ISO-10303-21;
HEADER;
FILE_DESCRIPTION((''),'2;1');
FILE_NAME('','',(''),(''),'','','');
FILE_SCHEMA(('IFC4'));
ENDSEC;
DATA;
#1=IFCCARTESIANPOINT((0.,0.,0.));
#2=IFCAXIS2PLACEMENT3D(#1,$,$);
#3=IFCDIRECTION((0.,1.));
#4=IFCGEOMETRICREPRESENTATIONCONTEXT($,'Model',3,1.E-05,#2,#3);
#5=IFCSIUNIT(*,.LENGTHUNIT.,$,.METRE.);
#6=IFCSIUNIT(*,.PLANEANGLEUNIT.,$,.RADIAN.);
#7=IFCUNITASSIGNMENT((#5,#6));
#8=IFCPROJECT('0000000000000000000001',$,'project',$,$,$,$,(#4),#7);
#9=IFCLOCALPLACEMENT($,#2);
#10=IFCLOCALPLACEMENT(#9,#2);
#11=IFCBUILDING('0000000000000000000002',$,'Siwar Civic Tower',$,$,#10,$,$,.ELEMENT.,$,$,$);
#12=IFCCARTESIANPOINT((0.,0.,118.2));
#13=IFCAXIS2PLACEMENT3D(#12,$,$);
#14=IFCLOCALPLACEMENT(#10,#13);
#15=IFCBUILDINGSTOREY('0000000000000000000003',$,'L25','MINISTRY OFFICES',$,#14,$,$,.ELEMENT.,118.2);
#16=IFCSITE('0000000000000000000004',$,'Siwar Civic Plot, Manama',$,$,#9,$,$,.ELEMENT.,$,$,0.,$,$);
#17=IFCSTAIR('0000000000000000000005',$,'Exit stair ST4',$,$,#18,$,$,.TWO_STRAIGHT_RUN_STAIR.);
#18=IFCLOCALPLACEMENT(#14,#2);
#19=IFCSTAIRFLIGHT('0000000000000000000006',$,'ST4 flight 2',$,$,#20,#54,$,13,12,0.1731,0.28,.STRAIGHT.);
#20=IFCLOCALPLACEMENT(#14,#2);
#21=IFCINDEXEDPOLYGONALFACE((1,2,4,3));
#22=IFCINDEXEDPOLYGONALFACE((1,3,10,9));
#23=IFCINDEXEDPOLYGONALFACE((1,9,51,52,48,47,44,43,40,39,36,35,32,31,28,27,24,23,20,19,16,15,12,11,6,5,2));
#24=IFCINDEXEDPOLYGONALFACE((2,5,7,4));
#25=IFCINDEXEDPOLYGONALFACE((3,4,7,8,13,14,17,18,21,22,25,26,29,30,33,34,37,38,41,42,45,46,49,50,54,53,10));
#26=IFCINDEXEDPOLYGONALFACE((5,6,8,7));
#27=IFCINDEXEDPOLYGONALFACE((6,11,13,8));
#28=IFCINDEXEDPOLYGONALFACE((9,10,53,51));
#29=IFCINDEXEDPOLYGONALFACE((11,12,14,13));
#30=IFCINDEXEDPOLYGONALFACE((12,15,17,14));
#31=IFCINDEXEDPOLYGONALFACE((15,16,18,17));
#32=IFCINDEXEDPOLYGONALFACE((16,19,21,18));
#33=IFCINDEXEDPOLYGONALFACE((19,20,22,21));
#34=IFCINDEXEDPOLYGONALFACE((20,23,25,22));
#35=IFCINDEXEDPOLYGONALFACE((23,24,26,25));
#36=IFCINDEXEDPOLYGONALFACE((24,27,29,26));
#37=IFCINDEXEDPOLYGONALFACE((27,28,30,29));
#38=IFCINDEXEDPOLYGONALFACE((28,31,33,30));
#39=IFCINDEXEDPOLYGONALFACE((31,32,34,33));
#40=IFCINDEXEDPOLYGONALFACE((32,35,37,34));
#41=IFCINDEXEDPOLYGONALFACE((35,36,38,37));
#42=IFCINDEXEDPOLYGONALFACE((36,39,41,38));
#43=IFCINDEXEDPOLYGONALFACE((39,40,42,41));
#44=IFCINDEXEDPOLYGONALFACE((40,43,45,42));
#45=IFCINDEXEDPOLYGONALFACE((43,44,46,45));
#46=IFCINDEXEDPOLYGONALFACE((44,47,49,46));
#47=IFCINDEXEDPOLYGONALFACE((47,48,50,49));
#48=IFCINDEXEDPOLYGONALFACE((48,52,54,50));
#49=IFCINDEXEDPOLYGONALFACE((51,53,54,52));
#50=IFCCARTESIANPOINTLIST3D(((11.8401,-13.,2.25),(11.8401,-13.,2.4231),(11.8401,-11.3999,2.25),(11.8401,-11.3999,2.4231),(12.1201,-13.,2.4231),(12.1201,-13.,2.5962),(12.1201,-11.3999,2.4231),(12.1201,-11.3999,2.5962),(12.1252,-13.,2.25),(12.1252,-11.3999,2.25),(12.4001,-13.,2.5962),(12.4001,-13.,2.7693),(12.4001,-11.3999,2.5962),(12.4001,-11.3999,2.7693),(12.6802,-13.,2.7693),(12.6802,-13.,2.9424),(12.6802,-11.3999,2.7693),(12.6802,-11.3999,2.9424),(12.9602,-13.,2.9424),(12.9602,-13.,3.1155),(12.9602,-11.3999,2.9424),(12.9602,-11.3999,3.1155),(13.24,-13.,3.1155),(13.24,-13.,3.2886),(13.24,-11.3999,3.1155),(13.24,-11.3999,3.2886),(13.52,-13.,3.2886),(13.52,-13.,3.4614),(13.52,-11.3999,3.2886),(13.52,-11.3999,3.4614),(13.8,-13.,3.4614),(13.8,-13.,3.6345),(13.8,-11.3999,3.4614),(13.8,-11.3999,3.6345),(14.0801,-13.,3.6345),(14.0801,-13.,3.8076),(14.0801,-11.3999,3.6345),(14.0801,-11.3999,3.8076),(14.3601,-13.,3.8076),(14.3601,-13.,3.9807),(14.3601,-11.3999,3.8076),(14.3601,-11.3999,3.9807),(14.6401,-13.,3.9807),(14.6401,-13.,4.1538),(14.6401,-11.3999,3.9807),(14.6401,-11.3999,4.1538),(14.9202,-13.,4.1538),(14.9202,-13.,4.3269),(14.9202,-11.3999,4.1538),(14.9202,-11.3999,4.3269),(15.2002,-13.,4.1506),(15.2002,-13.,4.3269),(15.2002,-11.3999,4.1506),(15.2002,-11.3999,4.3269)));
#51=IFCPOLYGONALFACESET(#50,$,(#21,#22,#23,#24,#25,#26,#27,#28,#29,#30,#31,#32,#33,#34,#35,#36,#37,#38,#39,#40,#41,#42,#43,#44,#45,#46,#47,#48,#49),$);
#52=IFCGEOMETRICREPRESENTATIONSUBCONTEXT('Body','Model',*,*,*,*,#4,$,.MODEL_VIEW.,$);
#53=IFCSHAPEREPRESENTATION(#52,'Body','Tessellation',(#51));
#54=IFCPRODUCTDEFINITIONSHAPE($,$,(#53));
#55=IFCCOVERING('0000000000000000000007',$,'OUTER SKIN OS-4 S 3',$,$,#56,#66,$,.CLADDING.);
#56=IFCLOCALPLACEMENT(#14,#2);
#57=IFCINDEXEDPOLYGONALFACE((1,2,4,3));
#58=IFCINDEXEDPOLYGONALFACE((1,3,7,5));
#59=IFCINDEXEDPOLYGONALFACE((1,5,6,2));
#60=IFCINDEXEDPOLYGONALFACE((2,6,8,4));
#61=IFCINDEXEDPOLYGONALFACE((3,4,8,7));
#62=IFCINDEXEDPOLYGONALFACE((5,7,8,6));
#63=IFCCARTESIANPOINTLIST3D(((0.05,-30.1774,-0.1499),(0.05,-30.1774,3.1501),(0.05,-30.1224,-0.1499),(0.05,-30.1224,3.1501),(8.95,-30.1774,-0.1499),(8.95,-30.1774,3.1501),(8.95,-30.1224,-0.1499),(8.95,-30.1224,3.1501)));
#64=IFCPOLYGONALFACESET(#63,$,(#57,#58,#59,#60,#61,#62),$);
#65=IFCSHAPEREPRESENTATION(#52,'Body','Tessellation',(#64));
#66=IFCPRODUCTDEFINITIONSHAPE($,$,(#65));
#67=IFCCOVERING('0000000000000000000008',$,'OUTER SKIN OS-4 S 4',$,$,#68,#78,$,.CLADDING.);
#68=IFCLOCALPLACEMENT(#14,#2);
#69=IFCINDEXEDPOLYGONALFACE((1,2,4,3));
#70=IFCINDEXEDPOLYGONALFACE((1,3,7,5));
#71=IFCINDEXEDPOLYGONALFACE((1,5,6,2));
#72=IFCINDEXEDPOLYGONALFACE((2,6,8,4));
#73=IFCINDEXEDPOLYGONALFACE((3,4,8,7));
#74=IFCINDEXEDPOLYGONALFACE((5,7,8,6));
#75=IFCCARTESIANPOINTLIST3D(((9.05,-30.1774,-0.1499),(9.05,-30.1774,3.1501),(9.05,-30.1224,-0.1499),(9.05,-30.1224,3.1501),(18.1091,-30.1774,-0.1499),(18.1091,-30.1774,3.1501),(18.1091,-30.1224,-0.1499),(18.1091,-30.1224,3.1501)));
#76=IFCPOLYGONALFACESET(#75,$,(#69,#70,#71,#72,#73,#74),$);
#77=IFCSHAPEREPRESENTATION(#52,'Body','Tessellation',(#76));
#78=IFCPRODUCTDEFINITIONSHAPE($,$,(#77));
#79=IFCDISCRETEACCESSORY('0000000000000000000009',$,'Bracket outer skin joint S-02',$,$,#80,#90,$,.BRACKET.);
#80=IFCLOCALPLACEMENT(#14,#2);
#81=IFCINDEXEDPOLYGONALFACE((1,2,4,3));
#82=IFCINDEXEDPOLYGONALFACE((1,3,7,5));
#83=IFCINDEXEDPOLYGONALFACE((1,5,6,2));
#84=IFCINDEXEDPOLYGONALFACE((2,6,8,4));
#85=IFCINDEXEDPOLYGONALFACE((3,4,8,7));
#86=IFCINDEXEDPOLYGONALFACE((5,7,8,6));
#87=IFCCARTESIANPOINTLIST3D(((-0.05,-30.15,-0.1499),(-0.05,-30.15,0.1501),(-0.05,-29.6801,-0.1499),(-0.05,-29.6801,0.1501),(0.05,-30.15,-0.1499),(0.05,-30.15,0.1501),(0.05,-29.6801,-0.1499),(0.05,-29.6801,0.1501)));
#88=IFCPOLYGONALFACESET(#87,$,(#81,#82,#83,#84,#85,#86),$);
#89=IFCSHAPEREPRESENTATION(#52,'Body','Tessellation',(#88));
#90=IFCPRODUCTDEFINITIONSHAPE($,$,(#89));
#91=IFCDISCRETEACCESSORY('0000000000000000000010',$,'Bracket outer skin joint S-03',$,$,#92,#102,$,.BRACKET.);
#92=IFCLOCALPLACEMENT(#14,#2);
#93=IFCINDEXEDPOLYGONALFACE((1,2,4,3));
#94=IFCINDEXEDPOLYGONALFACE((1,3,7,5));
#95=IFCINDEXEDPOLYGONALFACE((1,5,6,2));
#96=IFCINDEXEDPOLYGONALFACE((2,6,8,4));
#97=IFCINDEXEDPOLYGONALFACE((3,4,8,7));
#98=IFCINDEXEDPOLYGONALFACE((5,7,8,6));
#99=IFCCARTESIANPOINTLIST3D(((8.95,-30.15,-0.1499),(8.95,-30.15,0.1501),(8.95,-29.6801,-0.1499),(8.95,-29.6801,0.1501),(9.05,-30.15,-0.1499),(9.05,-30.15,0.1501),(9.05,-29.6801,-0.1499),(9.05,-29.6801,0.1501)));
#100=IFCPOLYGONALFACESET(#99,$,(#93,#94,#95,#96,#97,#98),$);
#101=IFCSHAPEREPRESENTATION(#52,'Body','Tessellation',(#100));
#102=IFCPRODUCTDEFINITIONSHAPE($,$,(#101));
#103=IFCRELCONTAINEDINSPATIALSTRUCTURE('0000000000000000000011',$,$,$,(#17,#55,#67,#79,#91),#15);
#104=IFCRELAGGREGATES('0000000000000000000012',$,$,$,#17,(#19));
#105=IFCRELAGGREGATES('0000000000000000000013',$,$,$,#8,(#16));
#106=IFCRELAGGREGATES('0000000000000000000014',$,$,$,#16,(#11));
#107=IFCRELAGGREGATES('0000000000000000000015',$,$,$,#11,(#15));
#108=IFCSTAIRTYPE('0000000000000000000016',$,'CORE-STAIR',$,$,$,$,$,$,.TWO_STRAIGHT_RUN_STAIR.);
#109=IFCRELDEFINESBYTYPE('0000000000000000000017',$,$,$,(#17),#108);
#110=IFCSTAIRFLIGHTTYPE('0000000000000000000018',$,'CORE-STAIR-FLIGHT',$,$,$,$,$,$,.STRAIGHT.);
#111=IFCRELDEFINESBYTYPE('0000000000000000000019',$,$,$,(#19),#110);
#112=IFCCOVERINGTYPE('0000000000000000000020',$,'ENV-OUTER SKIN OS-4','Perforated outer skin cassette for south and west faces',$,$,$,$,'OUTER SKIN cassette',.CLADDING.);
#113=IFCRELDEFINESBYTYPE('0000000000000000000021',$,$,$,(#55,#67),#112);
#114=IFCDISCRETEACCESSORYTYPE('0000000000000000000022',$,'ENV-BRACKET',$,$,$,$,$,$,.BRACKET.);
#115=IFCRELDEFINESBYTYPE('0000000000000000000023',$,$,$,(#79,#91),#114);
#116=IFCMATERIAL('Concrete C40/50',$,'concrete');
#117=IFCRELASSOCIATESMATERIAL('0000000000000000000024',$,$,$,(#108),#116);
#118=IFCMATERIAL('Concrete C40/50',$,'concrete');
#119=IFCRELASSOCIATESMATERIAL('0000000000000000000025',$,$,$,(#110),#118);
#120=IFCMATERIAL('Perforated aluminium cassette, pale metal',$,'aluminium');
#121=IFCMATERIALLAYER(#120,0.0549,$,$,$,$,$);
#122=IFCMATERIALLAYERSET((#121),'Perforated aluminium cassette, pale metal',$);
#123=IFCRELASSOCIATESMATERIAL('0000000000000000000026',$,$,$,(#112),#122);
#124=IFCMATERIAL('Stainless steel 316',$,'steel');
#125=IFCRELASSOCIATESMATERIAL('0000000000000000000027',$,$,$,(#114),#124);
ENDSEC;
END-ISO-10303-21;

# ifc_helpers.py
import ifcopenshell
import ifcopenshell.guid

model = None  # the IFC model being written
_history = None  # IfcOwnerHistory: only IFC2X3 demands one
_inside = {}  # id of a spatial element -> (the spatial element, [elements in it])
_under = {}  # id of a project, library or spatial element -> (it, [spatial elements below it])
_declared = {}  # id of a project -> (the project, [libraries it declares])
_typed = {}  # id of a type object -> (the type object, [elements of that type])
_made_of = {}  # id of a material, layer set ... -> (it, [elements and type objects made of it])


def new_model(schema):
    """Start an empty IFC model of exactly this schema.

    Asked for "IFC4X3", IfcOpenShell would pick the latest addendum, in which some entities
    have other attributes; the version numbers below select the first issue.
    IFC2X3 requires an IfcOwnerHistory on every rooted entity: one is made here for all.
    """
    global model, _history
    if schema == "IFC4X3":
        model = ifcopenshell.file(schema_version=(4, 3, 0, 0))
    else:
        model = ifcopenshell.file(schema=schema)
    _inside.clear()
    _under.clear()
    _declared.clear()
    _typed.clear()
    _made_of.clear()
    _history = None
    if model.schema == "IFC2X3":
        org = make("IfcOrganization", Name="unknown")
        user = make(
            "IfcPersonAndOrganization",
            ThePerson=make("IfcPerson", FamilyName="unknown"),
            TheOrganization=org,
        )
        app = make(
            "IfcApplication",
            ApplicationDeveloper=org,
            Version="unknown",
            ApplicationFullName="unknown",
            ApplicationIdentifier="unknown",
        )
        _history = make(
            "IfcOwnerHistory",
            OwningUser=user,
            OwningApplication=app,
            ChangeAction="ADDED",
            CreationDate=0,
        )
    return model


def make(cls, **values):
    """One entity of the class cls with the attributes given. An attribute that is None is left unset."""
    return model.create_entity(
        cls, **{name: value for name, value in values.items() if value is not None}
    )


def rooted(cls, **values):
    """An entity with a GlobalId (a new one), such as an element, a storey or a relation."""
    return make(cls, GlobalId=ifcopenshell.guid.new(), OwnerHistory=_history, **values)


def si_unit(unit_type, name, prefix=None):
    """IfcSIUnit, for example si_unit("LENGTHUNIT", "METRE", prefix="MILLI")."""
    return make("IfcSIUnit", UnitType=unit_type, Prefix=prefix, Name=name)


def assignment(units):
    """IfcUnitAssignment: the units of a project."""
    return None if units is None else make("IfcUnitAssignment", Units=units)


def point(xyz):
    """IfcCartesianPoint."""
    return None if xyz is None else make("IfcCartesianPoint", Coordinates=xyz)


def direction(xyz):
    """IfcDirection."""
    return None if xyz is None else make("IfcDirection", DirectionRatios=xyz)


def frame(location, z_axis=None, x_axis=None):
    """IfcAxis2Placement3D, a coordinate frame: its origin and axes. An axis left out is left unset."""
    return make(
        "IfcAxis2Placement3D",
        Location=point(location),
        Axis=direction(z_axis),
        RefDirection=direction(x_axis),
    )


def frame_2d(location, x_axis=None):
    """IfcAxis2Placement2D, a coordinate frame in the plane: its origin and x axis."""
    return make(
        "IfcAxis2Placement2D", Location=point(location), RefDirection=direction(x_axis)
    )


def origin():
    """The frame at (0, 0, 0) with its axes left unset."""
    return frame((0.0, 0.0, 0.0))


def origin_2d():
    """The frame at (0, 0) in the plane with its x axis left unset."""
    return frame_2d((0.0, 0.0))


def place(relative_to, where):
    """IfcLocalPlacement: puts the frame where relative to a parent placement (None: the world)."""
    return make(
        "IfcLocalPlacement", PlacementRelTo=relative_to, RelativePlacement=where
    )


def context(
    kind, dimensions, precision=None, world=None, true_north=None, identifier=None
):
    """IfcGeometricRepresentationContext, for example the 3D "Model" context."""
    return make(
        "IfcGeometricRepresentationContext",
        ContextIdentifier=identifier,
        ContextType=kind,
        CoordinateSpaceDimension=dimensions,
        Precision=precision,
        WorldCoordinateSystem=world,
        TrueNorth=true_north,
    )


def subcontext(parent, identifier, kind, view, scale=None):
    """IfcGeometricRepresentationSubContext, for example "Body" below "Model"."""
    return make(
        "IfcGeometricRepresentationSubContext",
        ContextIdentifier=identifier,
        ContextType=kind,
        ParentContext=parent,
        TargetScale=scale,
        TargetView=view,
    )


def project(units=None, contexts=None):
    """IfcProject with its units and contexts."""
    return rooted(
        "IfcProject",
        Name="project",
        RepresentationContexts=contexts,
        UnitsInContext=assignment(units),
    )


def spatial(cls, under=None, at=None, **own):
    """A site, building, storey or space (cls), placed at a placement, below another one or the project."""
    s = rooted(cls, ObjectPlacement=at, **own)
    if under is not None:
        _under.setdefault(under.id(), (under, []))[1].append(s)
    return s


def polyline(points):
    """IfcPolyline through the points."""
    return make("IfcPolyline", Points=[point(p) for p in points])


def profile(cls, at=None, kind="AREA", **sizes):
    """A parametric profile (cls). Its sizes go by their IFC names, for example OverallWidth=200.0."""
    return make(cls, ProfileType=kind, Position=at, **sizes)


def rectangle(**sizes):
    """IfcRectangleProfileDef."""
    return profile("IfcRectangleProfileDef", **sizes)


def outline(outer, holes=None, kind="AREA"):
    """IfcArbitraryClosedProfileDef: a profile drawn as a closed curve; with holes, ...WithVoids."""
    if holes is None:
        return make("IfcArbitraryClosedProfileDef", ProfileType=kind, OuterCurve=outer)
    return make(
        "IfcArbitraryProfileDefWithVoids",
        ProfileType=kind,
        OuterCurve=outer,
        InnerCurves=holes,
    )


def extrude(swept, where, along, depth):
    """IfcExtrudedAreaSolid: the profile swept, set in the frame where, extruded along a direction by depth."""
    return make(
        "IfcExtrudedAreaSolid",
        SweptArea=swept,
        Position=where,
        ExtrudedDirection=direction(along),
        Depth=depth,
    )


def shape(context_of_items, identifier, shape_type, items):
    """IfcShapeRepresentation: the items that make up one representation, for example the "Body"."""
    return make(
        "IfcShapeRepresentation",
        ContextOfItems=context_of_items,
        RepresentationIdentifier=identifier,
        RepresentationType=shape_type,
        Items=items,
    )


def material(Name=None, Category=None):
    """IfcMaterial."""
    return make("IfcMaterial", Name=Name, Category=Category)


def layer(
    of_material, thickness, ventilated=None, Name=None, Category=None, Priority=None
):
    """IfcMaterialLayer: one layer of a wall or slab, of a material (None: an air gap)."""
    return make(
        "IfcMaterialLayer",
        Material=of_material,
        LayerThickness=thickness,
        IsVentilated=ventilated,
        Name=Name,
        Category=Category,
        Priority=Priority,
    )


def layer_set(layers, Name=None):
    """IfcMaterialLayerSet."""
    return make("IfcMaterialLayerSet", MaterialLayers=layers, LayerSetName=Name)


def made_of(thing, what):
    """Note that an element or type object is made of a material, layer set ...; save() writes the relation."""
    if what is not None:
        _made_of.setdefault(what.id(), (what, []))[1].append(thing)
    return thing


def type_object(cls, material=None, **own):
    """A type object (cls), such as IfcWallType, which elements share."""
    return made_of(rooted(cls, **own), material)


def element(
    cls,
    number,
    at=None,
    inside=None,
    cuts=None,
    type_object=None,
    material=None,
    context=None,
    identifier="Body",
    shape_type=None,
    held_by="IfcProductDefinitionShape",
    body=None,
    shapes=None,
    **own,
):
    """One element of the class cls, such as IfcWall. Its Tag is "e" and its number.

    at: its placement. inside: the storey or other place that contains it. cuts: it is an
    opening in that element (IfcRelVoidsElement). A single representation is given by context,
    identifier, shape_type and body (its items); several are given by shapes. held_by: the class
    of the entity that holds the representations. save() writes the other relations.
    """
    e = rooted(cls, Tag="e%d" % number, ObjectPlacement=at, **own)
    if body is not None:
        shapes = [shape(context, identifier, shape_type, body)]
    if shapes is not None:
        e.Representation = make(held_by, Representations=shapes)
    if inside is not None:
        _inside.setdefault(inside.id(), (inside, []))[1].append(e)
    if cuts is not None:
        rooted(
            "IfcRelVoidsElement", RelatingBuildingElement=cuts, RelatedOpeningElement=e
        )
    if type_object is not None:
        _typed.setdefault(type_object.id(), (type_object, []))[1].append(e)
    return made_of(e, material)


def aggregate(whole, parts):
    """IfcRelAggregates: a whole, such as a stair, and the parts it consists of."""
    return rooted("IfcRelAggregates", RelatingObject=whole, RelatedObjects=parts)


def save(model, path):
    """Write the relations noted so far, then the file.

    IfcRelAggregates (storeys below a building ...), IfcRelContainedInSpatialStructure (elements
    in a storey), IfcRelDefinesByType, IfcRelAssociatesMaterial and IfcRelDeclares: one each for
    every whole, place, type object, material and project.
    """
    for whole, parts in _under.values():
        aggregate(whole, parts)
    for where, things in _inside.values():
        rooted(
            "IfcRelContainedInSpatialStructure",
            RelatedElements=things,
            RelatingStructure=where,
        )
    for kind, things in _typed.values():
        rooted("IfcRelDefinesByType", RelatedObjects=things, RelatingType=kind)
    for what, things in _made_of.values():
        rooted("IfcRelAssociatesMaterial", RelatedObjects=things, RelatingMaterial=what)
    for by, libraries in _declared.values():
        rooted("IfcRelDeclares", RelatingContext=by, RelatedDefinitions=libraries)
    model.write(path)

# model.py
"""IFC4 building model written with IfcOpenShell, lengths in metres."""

from ifc_helpers import new_model, si_unit, direction, frame, origin, origin_2d, place, context, subcontext, project, spatial, polyline, rectangle, outline, extrude, material, layer, layer_set, type_object, element, aggregate, save


model = new_model("IFC4")

# Units and contexts
model_context = context("Model", 3, precision=1e-05, world=origin(), true_north=direction((0.0, 1.0)))
body_context = subcontext(model_context, "Body", "Model", "MODEL_VIEW")
ifc_project = project(units=[si_unit("LENGTHUNIT", "METRE"), si_unit("PLANEANGLEUNIT", "RADIAN")], contexts=[model_context])

# Site, building, storey
site_placement = place(None, origin())
site = spatial("IfcSite", under=ifc_project, at=site_placement, Name="Siwar Civic Plot, Manama", CompositionType="ELEMENT", RefElevation=0.0)
building_placement = place(site_placement, origin())
building = spatial("IfcBuilding", under=site, at=building_placement, Name="Siwar Civic Tower", CompositionType="ELEMENT")
storey_placement = place(building_placement, frame((0.0, 0.0, 118.2)))
storey = spatial("IfcBuildingStorey", under=building, at=storey_placement, Name="L25", Description="MINISTRY OFFICES", CompositionType="ELEMENT", Elevation=118.2)

# Stair, stair flight
ifc_material_1 = material(Name="Concrete C40/50", Category="concrete")
stair_type = type_object("IfcStairType", Name="CORE-STAIR", PredefinedType="TWO_STRAIGHT_RUN_STAIR", material=ifc_material_1)
stair_placement = place(storey_placement, origin())
stair = element("IfcStair", 1, at=stair_placement, inside=storey, type_object=stair_type, Name="Exit stair ST4", PredefinedType="TWO_STRAIGHT_RUN_STAIR")
ifc_material_2 = material(Name="Concrete C40/50", Category="concrete")
stair_flight_type = type_object("IfcStairFlightType", Name="CORE-STAIR-FLIGHT", PredefinedType="STRAIGHT", material=ifc_material_2)
stair_flight_placement = place(storey_placement, frame((11.8401, -12.2, 2.25), z_axis=(0.0, 0.0, 1.0), x_axis=(1.0, 0.0, 0.0)))
stair_flight = element("IfcStairFlight", 2, at=stair_flight_placement, type_object=stair_flight_type, Name="ST4 flight 2", NumberOfRisers=13, NumberOfTreads=12, PredefinedType="STRAIGHT", RiserHeight=0.1731, TreadLength=0.28, context=body_context, shape_type="SweptSolid", body=[
    extrude(outline(polyline([(0.0, 0.0), (0.0, 0.1731), (0.28, 0.1731), (0.28, 0.3462), (0.5601, 0.3462), (0.5601, 0.5193), (0.8401, 0.5193), (0.8401, 0.6924), (1.1201, 0.6924), (1.1201, 0.8655), (1.3999, 0.8655), (1.3999, 1.0386), (1.6799, 1.0386), (1.6799, 1.2114), (1.96, 1.2114), (1.96, 1.3845), (2.24, 1.3845), (2.24, 1.5576), (2.52, 1.5576), (2.52, 1.7307), (2.8, 1.7307), (2.8, 1.9038), (3.0801, 1.9038), (3.0801, 2.0769), (3.3601, 2.0769), (3.3601, 2.25), (3.3601, 1.9006), (0.2852, 0.0), (0.0, 0.0)])), frame((0.0, 0.8, 0.0), z_axis=(0.0, -1.0, 0.0), x_axis=(1.0, 0.0, 0.0)), (0.0, 0.0, 1.0), 1.6001),
])
aggregate(stair, [stair_flight])

# Coverings
ifc_material_3 = material(Name="Perforated aluminium cassette, pale metal", Category="aluminium")
ifc_layer_1 = layer(ifc_material_3, 0.0549)
ifc_layer_set_1 = layer_set([ifc_layer_1], Name="Perforated aluminium cassette, pale metal")
covering_type = type_object("IfcCoveringType", Name="ENV-OUTER SKIN OS-4", Description="Perforated outer skin cassette for south and west faces", ElementType="OUTER SKIN cassette", PredefinedType="CLADDING", material=ifc_layer_set_1)
covering_1_placement = place(storey_placement, frame((4.5, -30.1499, -0.1499), z_axis=(0.0, 0.0, 1.0), x_axis=(1.0, 0.0, 0.0)))
element("IfcCovering", 3, at=covering_1_placement, inside=storey, type_object=covering_type, Name="OUTER SKIN OS-4 S 3", PredefinedType="CLADDING", context=body_context, shape_type="SweptSolid", body=[
    extrude(rectangle(XDim=8.8999, YDim=0.0549, at=origin_2d()), origin(), (0.0, 0.0, 1.0), 3.3),
])
covering_2_placement = place(storey_placement, frame((13.5796, -30.1499, -0.1499), z_axis=(0.0, 0.0, 1.0), x_axis=(1.0, 0.0, 0.0)))
element("IfcCovering", 4, at=covering_2_placement, inside=storey, type_object=covering_type, Name="OUTER SKIN OS-4 S 4", PredefinedType="CLADDING", context=body_context, shape_type="SweptSolid", body=[
    extrude(rectangle(XDim=9.0591, YDim=0.0549, at=origin_2d()), origin(), (0.0, 0.0, 1.0), 3.3),
])

# Discrete accessories
ifc_material_4 = material(Name="Stainless steel 316", Category="steel")
discrete_accessory_type = type_object("IfcDiscreteAccessoryType", Name="ENV-BRACKET", PredefinedType="BRACKET", material=ifc_material_4)
for number, where, z_axis, x_axis, name in (
    (5, (0.0, -29.915, -0.1499), (0.0, 0.0, 1.0), (0.0, -1.0, 0.0), "Bracket outer skin joint S-02"),
    (6, (9.0, -29.915, -0.1499), (0.0, 0.0, 1.0), (0.0, -1.0, 0.0), "Bracket outer skin joint S-03"),
):
    element("IfcDiscreteAccessory", number, at=place(storey_placement, frame(where, z_axis=z_axis, x_axis=x_axis)), inside=storey, type_object=discrete_accessory_type, Name=name, PredefinedType="BRACKET", context=body_context, shape_type="SweptSolid", body=[
        extrude(rectangle(XDim=0.47, YDim=0.1001, at=origin_2d()), origin(), (0.0, 0.0, 1.0), 0.3),
    ])

save(model, "model.ifc")
